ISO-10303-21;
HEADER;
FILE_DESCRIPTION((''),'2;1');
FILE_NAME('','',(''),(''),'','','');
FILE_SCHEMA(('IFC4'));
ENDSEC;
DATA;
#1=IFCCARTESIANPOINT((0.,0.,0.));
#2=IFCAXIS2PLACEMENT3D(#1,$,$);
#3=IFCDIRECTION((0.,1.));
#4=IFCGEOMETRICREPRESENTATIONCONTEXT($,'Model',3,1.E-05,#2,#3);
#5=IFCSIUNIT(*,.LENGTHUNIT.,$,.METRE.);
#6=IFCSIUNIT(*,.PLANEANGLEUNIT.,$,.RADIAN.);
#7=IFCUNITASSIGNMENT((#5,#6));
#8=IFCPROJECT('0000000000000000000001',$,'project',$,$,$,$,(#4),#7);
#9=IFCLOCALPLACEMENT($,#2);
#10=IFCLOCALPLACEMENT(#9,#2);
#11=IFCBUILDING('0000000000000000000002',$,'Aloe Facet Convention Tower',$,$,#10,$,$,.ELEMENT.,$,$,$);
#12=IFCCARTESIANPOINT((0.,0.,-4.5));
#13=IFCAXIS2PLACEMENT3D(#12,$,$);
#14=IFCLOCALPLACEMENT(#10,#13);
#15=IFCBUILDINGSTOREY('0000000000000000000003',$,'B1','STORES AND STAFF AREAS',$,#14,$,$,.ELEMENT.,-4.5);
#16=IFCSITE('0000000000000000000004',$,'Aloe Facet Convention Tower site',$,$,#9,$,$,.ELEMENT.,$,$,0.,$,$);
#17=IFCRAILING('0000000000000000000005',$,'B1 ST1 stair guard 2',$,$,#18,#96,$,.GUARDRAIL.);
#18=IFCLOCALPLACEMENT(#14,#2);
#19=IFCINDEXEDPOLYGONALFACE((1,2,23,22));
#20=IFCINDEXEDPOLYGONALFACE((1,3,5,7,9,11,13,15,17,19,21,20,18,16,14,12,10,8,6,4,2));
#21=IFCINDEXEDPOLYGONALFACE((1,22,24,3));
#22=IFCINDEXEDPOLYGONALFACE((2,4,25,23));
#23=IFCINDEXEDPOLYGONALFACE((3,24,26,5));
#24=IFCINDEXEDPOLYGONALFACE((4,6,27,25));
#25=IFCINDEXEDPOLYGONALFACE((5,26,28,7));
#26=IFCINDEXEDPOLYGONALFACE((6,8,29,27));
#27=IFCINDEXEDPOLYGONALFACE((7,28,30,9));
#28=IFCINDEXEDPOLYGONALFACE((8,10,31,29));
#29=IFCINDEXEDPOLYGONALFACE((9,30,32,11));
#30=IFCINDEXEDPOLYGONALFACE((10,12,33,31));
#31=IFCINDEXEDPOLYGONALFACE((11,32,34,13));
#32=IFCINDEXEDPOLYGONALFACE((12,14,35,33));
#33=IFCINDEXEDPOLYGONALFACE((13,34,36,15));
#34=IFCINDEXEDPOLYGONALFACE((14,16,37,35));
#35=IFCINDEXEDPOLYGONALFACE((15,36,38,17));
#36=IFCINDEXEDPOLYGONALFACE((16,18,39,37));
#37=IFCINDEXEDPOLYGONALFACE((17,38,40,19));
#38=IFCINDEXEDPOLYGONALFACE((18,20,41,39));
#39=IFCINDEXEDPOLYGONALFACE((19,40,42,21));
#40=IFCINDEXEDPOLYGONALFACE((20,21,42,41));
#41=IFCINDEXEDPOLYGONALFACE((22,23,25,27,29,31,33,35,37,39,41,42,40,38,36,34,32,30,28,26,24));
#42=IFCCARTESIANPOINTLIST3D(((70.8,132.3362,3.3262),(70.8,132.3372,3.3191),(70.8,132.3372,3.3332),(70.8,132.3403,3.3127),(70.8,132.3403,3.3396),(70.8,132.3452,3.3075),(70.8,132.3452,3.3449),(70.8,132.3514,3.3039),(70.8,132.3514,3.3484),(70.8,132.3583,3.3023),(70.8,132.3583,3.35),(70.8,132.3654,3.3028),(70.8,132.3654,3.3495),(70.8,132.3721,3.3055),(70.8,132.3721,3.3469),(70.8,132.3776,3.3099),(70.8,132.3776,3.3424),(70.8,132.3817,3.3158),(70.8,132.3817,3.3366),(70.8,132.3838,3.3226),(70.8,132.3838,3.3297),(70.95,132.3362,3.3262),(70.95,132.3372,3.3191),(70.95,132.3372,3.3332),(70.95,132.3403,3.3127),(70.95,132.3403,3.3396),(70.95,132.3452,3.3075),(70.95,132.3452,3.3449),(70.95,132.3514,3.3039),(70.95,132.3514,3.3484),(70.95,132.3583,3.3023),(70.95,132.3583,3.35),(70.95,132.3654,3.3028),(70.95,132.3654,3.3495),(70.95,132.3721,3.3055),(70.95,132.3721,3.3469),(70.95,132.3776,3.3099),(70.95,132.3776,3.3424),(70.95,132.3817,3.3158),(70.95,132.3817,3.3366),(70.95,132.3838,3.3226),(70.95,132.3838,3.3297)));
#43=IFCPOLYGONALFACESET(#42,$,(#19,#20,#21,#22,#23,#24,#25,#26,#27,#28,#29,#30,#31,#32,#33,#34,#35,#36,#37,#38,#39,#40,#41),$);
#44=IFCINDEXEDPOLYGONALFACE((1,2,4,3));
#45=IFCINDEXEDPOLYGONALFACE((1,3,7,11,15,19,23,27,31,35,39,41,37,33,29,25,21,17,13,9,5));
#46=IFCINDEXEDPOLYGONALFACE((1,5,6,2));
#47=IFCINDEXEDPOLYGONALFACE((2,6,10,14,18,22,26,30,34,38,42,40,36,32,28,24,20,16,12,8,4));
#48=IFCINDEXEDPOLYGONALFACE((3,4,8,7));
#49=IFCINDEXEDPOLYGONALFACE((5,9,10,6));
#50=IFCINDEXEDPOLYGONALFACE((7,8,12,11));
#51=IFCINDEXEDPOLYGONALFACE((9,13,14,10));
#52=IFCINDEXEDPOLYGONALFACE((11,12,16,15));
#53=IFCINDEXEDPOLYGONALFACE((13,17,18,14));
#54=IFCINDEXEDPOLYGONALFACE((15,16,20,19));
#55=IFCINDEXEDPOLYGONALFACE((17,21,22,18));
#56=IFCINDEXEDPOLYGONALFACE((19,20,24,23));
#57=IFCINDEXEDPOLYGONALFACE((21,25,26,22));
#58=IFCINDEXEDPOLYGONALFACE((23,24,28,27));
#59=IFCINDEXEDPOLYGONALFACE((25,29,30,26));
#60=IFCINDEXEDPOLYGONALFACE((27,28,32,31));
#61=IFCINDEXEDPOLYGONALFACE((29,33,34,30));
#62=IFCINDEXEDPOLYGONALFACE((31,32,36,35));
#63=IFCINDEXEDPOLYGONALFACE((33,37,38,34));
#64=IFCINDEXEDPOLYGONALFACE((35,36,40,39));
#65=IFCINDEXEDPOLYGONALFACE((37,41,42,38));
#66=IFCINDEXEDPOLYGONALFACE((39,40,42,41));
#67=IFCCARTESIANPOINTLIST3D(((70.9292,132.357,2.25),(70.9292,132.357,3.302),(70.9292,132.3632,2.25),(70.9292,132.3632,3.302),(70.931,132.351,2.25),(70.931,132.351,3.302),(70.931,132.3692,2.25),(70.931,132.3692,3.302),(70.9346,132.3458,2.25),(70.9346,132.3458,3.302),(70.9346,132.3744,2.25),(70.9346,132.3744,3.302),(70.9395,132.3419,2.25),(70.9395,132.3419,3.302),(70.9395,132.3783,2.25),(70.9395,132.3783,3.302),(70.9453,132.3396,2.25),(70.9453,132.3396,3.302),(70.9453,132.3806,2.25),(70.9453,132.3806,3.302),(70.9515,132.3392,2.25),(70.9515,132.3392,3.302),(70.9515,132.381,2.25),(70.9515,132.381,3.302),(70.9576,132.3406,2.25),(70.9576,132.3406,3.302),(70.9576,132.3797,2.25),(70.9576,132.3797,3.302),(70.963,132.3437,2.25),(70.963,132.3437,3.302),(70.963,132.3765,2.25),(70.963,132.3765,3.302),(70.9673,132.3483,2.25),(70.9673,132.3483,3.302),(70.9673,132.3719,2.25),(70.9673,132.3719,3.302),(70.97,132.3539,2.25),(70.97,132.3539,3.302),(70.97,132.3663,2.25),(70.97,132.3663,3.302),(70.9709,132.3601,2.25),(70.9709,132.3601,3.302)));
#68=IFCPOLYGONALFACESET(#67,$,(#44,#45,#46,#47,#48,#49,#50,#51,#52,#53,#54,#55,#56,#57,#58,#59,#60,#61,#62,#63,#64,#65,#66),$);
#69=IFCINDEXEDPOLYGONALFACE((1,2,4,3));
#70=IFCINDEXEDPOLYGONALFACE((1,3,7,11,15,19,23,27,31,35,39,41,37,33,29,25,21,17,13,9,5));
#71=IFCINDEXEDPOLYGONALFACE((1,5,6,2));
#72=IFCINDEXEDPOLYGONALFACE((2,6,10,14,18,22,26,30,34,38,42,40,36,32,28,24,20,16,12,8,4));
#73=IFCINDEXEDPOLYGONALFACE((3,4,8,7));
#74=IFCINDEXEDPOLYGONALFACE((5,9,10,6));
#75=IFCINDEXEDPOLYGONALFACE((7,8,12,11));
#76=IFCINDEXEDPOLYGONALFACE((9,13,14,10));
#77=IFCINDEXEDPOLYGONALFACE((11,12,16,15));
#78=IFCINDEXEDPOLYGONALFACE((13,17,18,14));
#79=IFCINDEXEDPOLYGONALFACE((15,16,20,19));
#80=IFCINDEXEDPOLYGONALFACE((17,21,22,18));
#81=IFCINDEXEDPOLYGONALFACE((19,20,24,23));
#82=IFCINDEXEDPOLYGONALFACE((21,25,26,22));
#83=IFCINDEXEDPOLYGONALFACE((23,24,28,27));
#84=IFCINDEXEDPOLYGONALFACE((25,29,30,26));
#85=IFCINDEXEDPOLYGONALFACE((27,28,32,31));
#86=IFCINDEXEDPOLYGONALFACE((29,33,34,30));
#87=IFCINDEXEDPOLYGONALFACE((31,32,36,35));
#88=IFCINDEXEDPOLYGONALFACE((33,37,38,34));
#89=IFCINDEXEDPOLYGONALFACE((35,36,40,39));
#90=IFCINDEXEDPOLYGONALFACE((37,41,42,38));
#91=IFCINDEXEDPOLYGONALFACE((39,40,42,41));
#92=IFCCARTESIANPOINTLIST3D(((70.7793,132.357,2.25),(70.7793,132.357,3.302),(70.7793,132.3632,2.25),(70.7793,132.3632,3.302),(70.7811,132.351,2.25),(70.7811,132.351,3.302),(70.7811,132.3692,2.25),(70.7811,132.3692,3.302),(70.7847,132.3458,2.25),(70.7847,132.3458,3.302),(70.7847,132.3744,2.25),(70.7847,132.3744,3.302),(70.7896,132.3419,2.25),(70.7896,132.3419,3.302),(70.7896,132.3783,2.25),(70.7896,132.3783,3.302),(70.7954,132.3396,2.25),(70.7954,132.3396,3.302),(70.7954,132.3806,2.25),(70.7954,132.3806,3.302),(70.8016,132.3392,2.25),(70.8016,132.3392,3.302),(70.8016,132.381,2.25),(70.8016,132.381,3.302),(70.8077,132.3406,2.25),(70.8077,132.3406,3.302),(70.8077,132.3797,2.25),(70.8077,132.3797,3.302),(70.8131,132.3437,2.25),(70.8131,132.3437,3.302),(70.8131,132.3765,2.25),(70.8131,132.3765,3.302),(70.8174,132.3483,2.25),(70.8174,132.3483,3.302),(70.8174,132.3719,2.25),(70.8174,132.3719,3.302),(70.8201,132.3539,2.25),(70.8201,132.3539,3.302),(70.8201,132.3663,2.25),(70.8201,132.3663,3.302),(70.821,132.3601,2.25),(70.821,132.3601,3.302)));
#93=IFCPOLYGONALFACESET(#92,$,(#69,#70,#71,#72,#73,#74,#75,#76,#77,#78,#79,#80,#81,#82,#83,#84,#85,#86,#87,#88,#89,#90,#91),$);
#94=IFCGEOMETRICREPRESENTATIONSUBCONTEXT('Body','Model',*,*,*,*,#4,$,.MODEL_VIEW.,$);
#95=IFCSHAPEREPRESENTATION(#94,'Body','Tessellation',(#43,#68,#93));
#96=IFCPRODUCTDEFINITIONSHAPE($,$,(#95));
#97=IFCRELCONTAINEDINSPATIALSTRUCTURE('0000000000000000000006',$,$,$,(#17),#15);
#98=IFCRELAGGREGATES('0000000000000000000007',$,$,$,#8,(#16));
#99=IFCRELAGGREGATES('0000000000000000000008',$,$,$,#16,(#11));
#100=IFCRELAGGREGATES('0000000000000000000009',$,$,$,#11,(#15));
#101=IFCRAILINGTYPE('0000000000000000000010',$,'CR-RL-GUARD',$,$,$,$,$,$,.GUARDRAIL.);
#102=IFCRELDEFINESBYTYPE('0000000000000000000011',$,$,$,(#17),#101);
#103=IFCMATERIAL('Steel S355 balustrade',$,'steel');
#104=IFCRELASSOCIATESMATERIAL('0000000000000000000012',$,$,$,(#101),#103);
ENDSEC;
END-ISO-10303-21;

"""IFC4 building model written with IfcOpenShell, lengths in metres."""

from ifc_helpers import new_model, si_unit, direction, frame, origin, origin_2d, place, context, subcontext, project, spatial, circle, extrude, material, type_object, element, save


model = new_model("IFC4")

# Units and contexts
model_context = context("Model", 3, precision=1e-05, world=origin(), true_north=direction((0.0, 1.0)))
body_context = subcontext(model_context, "Body", "Model", "MODEL_VIEW")
ifc_project = project(units=[si_unit("LENGTHUNIT", "METRE"), si_unit("PLANEANGLEUNIT", "RADIAN")], contexts=[model_context])

# Site, building, storey
site_placement = place(None, origin())
site = spatial("IfcSite", under=ifc_project, at=site_placement, Name="Aloe Facet Convention Tower site", CompositionType="ELEMENT", RefElevation=0.0)
building_placement = place(site_placement, origin())
building = spatial("IfcBuilding", under=site, at=building_placement, Name="Aloe Facet Convention Tower", CompositionType="ELEMENT")
storey_placement = place(building_placement, frame((0.0, 0.0, -4.5)))
storey = spatial("IfcBuildingStorey", under=building, at=storey_placement, Name="B1", Description="STORES AND STAFF AREAS", CompositionType="ELEMENT", Elevation=-4.5)

# Railing
ifc_material_1 = material(Name="Steel S355 balustrade", Category="steel")
railing_type_1 = type_object("IfcRailingType", Name="CR-RL-GUARD", PredefinedType="GUARDRAIL", material=ifc_material_1)
railing_1_placement = place(storey_placement, frame((70.95, 132.3601, 2.25)))
element("IfcRailing", 1, at=railing_1_placement, inside=storey, type_object=railing_type_1, Name="B1 ST1 stair guard 2", PredefinedType="GUARDRAIL", context=body_context, shape_type="SweptSolid", body=[
    extrude(circle(Radius=0.0239, at=origin_2d()), frame((0.0, 0.0, 1.0762), z_axis=(-1.0, 0.0, 0.0), x_axis=(0.0, -1.0, 0.0)), (0.0, 0.0, 1.0), 0.1499),
    extrude(circle(Radius=0.021, at=origin_2d()), origin(), (0.0, 0.0, 1.0), 1.052),
    extrude(circle(Radius=0.021, at=origin_2d()), frame((-0.1499, 0.0, 0.0)), (0.0, 0.0, 1.0), 1.052),
])

save(model, "model.ifc")
